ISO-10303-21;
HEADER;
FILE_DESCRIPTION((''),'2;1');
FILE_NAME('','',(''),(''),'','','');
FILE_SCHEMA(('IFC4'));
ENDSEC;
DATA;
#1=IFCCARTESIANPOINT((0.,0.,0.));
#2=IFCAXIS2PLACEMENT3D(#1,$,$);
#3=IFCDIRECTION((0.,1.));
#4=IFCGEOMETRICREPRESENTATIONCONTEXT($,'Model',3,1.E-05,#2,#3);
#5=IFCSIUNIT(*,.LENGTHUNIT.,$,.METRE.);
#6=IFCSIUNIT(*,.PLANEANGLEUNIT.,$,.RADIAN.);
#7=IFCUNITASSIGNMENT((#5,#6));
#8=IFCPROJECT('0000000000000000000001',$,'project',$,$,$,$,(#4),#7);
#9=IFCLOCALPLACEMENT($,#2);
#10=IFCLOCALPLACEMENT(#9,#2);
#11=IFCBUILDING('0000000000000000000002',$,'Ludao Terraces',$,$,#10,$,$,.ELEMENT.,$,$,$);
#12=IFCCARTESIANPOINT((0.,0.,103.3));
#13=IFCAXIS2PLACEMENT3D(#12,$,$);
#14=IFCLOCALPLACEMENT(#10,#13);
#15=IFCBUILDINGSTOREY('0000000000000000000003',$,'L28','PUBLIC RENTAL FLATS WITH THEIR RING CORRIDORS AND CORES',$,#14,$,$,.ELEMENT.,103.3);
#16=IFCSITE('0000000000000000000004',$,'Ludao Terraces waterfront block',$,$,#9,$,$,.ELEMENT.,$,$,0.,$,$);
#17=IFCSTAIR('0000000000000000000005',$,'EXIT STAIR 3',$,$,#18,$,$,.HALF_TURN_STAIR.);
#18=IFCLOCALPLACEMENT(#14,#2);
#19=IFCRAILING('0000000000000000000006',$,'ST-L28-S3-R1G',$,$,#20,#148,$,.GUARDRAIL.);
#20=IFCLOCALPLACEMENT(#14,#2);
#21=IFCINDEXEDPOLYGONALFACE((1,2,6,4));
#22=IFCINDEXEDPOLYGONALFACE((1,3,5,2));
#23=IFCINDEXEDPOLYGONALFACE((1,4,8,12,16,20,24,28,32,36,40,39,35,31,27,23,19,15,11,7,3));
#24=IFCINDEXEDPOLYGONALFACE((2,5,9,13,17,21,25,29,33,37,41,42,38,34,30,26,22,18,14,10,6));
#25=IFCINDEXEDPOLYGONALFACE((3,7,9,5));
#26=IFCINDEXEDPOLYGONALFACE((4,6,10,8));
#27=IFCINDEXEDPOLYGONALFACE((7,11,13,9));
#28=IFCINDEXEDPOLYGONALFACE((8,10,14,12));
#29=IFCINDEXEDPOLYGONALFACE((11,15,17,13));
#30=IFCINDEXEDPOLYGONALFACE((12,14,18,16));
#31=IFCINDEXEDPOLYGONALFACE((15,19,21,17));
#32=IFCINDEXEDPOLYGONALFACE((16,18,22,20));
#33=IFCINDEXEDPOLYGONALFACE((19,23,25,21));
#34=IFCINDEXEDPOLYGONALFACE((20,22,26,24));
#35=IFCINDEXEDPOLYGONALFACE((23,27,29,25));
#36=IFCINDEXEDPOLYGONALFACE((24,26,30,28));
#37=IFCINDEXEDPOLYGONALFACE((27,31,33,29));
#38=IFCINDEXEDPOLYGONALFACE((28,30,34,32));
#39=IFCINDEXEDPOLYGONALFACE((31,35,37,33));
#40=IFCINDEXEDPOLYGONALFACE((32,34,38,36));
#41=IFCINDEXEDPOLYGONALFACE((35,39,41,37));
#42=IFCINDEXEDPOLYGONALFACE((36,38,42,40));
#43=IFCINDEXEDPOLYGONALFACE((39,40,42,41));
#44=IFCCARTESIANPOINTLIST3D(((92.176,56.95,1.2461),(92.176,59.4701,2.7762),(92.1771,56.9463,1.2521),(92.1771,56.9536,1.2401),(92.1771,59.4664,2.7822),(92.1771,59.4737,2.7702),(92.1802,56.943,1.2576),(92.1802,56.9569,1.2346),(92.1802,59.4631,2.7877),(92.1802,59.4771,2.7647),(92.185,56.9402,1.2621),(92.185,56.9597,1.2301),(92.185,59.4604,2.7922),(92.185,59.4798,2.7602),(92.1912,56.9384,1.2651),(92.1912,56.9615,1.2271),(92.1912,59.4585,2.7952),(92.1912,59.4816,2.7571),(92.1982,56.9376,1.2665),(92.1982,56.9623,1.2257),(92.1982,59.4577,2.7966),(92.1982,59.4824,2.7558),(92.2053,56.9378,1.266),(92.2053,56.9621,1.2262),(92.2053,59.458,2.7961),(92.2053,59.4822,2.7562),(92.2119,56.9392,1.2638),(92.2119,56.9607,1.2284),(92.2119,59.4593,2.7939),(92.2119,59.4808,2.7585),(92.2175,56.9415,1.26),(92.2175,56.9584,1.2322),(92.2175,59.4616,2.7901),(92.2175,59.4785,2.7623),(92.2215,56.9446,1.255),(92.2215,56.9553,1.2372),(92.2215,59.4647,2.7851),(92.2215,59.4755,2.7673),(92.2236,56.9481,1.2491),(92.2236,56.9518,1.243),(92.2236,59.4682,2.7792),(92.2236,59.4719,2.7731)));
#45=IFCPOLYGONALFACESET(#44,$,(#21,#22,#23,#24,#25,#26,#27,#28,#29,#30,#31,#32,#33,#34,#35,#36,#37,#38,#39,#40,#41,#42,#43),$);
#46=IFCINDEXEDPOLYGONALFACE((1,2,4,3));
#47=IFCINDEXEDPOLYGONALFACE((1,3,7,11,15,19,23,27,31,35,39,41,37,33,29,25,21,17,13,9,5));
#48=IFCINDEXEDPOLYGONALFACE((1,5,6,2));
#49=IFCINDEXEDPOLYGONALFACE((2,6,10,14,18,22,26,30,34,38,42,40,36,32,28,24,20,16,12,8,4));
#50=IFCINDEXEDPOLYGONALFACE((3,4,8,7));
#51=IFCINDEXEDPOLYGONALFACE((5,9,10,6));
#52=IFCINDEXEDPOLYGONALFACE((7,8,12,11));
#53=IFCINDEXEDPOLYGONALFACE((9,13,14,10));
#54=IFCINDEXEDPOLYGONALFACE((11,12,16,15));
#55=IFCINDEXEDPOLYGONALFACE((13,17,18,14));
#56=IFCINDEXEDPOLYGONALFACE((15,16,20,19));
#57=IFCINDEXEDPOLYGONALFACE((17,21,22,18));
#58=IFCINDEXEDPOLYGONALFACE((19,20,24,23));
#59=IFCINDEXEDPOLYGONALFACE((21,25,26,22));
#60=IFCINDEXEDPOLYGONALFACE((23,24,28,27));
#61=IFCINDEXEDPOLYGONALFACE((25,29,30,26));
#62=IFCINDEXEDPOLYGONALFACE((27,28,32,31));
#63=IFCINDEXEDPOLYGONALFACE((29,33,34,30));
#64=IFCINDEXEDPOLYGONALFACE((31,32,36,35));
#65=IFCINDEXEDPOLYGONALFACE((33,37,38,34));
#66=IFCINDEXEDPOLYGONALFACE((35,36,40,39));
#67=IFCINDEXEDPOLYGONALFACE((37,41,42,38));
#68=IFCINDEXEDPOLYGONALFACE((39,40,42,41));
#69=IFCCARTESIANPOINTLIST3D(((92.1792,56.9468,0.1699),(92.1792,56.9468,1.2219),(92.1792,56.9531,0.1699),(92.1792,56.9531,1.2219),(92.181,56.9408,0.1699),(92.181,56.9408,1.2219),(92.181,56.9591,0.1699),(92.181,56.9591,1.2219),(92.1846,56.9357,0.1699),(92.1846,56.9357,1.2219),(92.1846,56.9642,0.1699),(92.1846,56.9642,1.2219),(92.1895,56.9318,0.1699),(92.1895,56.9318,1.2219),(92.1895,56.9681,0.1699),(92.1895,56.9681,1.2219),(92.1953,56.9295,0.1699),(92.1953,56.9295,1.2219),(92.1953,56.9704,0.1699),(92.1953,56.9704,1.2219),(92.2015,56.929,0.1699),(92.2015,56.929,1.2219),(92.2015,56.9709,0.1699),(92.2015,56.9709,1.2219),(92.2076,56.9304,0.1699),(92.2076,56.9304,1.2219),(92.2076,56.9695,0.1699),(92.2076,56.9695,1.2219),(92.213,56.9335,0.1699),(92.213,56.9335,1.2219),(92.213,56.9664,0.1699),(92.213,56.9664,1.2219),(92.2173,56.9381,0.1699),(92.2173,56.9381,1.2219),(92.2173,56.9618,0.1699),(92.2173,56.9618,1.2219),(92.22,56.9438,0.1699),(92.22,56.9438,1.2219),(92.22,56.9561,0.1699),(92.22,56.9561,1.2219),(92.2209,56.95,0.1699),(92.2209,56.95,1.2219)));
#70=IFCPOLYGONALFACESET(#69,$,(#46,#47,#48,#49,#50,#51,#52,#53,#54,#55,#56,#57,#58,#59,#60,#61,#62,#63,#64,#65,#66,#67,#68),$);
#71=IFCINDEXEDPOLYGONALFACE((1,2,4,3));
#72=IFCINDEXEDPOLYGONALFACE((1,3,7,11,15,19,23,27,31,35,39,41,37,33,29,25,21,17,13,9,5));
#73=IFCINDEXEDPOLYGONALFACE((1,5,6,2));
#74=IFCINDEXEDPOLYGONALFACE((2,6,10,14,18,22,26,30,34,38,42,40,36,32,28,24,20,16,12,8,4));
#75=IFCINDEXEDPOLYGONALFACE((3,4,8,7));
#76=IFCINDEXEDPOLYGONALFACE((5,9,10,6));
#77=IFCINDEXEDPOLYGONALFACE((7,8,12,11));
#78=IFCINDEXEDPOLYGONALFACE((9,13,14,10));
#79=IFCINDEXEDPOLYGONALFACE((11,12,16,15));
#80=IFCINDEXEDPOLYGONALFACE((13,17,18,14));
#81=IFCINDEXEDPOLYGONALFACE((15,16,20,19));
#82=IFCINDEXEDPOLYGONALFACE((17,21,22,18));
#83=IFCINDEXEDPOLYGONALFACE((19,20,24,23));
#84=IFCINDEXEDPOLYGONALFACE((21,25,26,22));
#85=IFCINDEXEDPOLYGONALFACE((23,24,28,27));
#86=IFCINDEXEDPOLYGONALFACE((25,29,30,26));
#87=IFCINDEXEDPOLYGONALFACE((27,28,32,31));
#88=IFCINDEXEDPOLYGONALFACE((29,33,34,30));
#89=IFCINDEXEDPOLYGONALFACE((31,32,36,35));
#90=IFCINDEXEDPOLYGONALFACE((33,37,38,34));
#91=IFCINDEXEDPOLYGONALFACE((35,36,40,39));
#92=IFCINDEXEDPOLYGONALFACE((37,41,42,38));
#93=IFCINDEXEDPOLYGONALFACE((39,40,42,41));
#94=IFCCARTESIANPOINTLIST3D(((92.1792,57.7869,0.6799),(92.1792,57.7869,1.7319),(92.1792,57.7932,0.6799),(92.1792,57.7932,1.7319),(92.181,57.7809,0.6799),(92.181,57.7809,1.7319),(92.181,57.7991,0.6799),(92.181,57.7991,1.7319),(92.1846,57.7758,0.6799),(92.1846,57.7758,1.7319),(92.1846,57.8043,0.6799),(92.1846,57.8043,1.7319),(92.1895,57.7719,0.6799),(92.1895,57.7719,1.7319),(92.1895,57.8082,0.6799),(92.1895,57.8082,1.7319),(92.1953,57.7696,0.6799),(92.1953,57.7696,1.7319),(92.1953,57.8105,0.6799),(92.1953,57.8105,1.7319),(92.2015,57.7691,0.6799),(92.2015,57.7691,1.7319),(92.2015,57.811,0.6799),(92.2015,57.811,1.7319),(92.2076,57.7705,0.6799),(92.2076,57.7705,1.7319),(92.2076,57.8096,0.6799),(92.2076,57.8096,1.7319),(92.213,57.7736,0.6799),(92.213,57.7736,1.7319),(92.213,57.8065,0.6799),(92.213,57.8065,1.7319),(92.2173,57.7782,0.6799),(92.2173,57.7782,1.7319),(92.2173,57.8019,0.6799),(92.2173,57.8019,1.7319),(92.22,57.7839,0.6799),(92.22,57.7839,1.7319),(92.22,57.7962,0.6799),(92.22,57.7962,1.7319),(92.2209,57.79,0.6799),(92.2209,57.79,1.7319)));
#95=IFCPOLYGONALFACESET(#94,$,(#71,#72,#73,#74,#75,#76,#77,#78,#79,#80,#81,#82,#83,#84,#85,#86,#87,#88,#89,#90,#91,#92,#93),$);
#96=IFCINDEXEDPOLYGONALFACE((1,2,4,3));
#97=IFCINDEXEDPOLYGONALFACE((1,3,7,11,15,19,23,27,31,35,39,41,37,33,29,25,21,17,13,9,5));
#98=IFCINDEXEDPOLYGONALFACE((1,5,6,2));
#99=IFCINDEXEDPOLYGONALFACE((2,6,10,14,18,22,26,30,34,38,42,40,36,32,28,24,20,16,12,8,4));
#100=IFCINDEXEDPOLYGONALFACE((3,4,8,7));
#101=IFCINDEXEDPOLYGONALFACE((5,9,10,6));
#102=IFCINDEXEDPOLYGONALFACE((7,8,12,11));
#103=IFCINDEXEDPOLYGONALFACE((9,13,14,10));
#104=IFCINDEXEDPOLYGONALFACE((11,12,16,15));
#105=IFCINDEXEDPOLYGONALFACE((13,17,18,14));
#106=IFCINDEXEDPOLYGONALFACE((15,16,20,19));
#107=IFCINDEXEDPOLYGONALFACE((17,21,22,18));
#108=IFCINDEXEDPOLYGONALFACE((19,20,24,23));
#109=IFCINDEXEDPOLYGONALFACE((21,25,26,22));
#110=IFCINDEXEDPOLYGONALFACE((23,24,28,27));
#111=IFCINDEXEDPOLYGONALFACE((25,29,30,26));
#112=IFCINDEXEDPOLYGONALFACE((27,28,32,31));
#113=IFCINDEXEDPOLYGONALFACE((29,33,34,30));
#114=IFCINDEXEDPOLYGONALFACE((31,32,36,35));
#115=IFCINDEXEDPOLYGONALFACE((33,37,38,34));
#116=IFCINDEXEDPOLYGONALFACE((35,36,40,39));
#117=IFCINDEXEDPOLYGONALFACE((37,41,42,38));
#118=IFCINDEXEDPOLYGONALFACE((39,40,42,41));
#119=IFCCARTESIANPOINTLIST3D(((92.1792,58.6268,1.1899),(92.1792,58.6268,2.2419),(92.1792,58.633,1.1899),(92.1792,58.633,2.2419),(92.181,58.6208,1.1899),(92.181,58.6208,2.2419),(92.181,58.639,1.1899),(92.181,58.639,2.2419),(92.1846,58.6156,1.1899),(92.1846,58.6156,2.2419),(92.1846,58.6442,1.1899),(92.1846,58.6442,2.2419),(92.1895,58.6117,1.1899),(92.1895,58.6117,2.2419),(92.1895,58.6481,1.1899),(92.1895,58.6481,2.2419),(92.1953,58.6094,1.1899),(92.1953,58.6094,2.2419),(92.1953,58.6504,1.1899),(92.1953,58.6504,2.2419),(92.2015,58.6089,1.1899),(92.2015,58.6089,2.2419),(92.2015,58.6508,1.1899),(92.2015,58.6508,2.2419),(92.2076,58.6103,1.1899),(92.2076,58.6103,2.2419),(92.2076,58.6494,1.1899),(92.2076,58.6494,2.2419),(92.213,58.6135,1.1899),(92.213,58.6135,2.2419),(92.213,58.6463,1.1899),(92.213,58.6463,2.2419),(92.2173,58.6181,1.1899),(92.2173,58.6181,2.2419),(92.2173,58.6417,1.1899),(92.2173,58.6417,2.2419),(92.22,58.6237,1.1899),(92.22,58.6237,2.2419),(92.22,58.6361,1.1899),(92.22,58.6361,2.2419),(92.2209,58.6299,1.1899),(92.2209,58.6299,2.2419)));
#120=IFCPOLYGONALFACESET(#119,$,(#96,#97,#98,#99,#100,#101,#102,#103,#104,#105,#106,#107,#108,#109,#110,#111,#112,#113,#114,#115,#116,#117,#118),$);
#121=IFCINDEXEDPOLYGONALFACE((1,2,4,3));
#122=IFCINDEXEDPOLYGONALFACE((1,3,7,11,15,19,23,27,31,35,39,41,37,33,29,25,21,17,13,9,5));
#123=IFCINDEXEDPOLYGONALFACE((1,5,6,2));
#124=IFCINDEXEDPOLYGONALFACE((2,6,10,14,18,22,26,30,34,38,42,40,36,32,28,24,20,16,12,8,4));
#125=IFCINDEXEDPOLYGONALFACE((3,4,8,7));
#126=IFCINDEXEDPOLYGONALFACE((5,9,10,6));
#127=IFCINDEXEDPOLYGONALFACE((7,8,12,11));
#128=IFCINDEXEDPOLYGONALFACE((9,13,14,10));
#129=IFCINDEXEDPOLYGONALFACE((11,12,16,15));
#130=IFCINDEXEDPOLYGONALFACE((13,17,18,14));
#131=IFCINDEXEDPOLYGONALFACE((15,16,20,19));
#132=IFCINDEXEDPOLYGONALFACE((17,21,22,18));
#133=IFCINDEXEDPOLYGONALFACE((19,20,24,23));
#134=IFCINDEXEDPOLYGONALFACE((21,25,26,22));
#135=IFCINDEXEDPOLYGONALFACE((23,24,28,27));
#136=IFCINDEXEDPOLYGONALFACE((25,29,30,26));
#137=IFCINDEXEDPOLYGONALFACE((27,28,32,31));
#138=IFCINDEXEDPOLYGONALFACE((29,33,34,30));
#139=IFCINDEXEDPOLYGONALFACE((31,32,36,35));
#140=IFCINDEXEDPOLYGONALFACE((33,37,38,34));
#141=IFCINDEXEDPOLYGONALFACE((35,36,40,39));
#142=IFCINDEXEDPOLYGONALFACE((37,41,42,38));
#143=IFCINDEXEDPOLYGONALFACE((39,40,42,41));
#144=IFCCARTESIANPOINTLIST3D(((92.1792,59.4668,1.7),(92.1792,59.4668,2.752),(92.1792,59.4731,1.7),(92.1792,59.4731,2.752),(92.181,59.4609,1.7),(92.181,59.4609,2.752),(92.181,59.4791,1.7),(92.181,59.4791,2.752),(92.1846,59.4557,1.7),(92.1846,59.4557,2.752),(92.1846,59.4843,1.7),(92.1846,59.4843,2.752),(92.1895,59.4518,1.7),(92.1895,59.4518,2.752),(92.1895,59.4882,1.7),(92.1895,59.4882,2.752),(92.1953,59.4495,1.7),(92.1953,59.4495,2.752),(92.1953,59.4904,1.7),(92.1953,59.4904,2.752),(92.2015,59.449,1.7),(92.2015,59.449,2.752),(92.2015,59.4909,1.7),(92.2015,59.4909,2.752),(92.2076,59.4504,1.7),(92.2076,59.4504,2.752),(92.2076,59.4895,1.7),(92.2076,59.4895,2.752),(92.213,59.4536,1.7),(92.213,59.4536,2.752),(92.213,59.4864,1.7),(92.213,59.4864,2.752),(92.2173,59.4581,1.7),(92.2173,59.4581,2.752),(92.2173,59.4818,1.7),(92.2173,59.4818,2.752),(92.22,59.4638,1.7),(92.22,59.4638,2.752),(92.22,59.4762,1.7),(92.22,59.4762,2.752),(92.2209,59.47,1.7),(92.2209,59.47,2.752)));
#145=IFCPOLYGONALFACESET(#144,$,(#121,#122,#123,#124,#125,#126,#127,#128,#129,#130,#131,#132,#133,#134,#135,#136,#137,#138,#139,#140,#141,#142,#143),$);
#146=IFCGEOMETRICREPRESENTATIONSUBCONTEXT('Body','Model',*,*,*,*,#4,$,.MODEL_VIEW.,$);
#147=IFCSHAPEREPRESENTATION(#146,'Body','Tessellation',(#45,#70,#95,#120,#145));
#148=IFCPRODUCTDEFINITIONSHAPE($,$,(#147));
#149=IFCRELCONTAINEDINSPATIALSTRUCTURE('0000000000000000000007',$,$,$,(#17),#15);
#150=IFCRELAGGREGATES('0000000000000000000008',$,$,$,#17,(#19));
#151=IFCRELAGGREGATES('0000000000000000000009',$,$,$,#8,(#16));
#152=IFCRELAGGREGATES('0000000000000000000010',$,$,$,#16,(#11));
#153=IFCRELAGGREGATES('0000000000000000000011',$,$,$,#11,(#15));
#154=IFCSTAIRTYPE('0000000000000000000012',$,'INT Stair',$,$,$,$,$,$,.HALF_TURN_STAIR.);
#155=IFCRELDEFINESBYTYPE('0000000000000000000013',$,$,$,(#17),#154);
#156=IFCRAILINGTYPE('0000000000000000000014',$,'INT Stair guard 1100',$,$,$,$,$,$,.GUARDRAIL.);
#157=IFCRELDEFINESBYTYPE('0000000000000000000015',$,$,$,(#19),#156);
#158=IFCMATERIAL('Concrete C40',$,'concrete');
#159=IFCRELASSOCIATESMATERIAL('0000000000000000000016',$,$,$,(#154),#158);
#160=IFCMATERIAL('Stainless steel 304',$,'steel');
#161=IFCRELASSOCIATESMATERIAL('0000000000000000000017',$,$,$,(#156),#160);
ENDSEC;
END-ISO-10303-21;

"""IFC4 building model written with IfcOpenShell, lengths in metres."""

from ifc_helpers import new_model, si_unit, direction, frame, origin, origin_2d, place, context, subcontext, project, spatial, circle, extrude, material, type_object, element, aggregate, save


model = new_model("IFC4")

# Units and contexts
model_context = context("Model", 3, precision=1e-05, world=origin(), true_north=direction((0.0, 1.0)))
body_context = subcontext(model_context, "Body", "Model", "MODEL_VIEW")
ifc_project = project(units=[si_unit("LENGTHUNIT", "METRE"), si_unit("PLANEANGLEUNIT", "RADIAN")], contexts=[model_context])

# Site, building, storey
site_placement = place(None, origin())
site = spatial("IfcSite", under=ifc_project, at=site_placement, Name="Ludao Terraces waterfront block", CompositionType="ELEMENT", RefElevation=0.0)
building_placement = place(site_placement, origin())
building = spatial("IfcBuilding", under=site, at=building_placement, Name="Ludao Terraces", CompositionType="ELEMENT")
storey_placement = place(building_placement, frame((0.0, 0.0, 103.3)))
storey = spatial("IfcBuildingStorey", under=building, at=storey_placement, Name="L28", Description="PUBLIC RENTAL FLATS WITH THEIR RING CORRIDORS AND CORES", CompositionType="ELEMENT", Elevation=103.3)

# Shared definitions
ifc_material_1 = material(Name="Concrete C40", Category="concrete")

# Stair, railing
stair_type = type_object("IfcStairType", Name="INT Stair", PredefinedType="HALF_TURN_STAIR", material=ifc_material_1)
stair_placement = place(storey_placement, origin())
stair = element("IfcStair", 1, at=stair_placement, inside=storey, type_object=stair_type, Name="EXIT STAIR 3", PredefinedType="HALF_TURN_STAIR")
ifc_material_2 = material(Name="Stainless steel 304", Category="steel")
railing_type_1 = type_object("IfcRailingType", Name="INT Stair guard 1100", PredefinedType="GUARDRAIL", material=ifc_material_2)
railing_1_placement = place(storey_placement, frame((92.2, 56.95, 0.1699)))
railing_1 = element("IfcRailing", 2, at=railing_1_placement, type_object=railing_type_1, Name="ST-L28-S3-R1G", PredefinedType="GUARDRAIL", context=body_context, shape_type="SweptSolid", body=[
    extrude(circle(Radius=0.0239, at=origin_2d()), frame((0.0, 0.0, 1.0762), z_axis=(0.0, 0.854785, 0.518982), x_axis=(-1.0, 0.0, 0.0)), (0.0, 0.0, 1.0), 2.9482),
    extrude(circle(Radius=0.021, at=origin_2d()), origin(), (0.0, 0.0, 1.0), 1.052),
    extrude(circle(Radius=0.021, at=origin_2d()), frame((0.0, 0.8401, 0.51)), (0.0, 0.0, 1.0), 1.052),
    extrude(circle(Radius=0.021, at=origin_2d()), frame((0.0, 1.6799, 1.02)), (0.0, 0.0, 1.0), 1.052),
    extrude(circle(Radius=0.021, at=origin_2d()), frame((0.0, 2.52, 1.53)), (0.0, 0.0, 1.0), 1.052),
])
aggregate(stair, [railing_1])

save(model, "model.ifc")
